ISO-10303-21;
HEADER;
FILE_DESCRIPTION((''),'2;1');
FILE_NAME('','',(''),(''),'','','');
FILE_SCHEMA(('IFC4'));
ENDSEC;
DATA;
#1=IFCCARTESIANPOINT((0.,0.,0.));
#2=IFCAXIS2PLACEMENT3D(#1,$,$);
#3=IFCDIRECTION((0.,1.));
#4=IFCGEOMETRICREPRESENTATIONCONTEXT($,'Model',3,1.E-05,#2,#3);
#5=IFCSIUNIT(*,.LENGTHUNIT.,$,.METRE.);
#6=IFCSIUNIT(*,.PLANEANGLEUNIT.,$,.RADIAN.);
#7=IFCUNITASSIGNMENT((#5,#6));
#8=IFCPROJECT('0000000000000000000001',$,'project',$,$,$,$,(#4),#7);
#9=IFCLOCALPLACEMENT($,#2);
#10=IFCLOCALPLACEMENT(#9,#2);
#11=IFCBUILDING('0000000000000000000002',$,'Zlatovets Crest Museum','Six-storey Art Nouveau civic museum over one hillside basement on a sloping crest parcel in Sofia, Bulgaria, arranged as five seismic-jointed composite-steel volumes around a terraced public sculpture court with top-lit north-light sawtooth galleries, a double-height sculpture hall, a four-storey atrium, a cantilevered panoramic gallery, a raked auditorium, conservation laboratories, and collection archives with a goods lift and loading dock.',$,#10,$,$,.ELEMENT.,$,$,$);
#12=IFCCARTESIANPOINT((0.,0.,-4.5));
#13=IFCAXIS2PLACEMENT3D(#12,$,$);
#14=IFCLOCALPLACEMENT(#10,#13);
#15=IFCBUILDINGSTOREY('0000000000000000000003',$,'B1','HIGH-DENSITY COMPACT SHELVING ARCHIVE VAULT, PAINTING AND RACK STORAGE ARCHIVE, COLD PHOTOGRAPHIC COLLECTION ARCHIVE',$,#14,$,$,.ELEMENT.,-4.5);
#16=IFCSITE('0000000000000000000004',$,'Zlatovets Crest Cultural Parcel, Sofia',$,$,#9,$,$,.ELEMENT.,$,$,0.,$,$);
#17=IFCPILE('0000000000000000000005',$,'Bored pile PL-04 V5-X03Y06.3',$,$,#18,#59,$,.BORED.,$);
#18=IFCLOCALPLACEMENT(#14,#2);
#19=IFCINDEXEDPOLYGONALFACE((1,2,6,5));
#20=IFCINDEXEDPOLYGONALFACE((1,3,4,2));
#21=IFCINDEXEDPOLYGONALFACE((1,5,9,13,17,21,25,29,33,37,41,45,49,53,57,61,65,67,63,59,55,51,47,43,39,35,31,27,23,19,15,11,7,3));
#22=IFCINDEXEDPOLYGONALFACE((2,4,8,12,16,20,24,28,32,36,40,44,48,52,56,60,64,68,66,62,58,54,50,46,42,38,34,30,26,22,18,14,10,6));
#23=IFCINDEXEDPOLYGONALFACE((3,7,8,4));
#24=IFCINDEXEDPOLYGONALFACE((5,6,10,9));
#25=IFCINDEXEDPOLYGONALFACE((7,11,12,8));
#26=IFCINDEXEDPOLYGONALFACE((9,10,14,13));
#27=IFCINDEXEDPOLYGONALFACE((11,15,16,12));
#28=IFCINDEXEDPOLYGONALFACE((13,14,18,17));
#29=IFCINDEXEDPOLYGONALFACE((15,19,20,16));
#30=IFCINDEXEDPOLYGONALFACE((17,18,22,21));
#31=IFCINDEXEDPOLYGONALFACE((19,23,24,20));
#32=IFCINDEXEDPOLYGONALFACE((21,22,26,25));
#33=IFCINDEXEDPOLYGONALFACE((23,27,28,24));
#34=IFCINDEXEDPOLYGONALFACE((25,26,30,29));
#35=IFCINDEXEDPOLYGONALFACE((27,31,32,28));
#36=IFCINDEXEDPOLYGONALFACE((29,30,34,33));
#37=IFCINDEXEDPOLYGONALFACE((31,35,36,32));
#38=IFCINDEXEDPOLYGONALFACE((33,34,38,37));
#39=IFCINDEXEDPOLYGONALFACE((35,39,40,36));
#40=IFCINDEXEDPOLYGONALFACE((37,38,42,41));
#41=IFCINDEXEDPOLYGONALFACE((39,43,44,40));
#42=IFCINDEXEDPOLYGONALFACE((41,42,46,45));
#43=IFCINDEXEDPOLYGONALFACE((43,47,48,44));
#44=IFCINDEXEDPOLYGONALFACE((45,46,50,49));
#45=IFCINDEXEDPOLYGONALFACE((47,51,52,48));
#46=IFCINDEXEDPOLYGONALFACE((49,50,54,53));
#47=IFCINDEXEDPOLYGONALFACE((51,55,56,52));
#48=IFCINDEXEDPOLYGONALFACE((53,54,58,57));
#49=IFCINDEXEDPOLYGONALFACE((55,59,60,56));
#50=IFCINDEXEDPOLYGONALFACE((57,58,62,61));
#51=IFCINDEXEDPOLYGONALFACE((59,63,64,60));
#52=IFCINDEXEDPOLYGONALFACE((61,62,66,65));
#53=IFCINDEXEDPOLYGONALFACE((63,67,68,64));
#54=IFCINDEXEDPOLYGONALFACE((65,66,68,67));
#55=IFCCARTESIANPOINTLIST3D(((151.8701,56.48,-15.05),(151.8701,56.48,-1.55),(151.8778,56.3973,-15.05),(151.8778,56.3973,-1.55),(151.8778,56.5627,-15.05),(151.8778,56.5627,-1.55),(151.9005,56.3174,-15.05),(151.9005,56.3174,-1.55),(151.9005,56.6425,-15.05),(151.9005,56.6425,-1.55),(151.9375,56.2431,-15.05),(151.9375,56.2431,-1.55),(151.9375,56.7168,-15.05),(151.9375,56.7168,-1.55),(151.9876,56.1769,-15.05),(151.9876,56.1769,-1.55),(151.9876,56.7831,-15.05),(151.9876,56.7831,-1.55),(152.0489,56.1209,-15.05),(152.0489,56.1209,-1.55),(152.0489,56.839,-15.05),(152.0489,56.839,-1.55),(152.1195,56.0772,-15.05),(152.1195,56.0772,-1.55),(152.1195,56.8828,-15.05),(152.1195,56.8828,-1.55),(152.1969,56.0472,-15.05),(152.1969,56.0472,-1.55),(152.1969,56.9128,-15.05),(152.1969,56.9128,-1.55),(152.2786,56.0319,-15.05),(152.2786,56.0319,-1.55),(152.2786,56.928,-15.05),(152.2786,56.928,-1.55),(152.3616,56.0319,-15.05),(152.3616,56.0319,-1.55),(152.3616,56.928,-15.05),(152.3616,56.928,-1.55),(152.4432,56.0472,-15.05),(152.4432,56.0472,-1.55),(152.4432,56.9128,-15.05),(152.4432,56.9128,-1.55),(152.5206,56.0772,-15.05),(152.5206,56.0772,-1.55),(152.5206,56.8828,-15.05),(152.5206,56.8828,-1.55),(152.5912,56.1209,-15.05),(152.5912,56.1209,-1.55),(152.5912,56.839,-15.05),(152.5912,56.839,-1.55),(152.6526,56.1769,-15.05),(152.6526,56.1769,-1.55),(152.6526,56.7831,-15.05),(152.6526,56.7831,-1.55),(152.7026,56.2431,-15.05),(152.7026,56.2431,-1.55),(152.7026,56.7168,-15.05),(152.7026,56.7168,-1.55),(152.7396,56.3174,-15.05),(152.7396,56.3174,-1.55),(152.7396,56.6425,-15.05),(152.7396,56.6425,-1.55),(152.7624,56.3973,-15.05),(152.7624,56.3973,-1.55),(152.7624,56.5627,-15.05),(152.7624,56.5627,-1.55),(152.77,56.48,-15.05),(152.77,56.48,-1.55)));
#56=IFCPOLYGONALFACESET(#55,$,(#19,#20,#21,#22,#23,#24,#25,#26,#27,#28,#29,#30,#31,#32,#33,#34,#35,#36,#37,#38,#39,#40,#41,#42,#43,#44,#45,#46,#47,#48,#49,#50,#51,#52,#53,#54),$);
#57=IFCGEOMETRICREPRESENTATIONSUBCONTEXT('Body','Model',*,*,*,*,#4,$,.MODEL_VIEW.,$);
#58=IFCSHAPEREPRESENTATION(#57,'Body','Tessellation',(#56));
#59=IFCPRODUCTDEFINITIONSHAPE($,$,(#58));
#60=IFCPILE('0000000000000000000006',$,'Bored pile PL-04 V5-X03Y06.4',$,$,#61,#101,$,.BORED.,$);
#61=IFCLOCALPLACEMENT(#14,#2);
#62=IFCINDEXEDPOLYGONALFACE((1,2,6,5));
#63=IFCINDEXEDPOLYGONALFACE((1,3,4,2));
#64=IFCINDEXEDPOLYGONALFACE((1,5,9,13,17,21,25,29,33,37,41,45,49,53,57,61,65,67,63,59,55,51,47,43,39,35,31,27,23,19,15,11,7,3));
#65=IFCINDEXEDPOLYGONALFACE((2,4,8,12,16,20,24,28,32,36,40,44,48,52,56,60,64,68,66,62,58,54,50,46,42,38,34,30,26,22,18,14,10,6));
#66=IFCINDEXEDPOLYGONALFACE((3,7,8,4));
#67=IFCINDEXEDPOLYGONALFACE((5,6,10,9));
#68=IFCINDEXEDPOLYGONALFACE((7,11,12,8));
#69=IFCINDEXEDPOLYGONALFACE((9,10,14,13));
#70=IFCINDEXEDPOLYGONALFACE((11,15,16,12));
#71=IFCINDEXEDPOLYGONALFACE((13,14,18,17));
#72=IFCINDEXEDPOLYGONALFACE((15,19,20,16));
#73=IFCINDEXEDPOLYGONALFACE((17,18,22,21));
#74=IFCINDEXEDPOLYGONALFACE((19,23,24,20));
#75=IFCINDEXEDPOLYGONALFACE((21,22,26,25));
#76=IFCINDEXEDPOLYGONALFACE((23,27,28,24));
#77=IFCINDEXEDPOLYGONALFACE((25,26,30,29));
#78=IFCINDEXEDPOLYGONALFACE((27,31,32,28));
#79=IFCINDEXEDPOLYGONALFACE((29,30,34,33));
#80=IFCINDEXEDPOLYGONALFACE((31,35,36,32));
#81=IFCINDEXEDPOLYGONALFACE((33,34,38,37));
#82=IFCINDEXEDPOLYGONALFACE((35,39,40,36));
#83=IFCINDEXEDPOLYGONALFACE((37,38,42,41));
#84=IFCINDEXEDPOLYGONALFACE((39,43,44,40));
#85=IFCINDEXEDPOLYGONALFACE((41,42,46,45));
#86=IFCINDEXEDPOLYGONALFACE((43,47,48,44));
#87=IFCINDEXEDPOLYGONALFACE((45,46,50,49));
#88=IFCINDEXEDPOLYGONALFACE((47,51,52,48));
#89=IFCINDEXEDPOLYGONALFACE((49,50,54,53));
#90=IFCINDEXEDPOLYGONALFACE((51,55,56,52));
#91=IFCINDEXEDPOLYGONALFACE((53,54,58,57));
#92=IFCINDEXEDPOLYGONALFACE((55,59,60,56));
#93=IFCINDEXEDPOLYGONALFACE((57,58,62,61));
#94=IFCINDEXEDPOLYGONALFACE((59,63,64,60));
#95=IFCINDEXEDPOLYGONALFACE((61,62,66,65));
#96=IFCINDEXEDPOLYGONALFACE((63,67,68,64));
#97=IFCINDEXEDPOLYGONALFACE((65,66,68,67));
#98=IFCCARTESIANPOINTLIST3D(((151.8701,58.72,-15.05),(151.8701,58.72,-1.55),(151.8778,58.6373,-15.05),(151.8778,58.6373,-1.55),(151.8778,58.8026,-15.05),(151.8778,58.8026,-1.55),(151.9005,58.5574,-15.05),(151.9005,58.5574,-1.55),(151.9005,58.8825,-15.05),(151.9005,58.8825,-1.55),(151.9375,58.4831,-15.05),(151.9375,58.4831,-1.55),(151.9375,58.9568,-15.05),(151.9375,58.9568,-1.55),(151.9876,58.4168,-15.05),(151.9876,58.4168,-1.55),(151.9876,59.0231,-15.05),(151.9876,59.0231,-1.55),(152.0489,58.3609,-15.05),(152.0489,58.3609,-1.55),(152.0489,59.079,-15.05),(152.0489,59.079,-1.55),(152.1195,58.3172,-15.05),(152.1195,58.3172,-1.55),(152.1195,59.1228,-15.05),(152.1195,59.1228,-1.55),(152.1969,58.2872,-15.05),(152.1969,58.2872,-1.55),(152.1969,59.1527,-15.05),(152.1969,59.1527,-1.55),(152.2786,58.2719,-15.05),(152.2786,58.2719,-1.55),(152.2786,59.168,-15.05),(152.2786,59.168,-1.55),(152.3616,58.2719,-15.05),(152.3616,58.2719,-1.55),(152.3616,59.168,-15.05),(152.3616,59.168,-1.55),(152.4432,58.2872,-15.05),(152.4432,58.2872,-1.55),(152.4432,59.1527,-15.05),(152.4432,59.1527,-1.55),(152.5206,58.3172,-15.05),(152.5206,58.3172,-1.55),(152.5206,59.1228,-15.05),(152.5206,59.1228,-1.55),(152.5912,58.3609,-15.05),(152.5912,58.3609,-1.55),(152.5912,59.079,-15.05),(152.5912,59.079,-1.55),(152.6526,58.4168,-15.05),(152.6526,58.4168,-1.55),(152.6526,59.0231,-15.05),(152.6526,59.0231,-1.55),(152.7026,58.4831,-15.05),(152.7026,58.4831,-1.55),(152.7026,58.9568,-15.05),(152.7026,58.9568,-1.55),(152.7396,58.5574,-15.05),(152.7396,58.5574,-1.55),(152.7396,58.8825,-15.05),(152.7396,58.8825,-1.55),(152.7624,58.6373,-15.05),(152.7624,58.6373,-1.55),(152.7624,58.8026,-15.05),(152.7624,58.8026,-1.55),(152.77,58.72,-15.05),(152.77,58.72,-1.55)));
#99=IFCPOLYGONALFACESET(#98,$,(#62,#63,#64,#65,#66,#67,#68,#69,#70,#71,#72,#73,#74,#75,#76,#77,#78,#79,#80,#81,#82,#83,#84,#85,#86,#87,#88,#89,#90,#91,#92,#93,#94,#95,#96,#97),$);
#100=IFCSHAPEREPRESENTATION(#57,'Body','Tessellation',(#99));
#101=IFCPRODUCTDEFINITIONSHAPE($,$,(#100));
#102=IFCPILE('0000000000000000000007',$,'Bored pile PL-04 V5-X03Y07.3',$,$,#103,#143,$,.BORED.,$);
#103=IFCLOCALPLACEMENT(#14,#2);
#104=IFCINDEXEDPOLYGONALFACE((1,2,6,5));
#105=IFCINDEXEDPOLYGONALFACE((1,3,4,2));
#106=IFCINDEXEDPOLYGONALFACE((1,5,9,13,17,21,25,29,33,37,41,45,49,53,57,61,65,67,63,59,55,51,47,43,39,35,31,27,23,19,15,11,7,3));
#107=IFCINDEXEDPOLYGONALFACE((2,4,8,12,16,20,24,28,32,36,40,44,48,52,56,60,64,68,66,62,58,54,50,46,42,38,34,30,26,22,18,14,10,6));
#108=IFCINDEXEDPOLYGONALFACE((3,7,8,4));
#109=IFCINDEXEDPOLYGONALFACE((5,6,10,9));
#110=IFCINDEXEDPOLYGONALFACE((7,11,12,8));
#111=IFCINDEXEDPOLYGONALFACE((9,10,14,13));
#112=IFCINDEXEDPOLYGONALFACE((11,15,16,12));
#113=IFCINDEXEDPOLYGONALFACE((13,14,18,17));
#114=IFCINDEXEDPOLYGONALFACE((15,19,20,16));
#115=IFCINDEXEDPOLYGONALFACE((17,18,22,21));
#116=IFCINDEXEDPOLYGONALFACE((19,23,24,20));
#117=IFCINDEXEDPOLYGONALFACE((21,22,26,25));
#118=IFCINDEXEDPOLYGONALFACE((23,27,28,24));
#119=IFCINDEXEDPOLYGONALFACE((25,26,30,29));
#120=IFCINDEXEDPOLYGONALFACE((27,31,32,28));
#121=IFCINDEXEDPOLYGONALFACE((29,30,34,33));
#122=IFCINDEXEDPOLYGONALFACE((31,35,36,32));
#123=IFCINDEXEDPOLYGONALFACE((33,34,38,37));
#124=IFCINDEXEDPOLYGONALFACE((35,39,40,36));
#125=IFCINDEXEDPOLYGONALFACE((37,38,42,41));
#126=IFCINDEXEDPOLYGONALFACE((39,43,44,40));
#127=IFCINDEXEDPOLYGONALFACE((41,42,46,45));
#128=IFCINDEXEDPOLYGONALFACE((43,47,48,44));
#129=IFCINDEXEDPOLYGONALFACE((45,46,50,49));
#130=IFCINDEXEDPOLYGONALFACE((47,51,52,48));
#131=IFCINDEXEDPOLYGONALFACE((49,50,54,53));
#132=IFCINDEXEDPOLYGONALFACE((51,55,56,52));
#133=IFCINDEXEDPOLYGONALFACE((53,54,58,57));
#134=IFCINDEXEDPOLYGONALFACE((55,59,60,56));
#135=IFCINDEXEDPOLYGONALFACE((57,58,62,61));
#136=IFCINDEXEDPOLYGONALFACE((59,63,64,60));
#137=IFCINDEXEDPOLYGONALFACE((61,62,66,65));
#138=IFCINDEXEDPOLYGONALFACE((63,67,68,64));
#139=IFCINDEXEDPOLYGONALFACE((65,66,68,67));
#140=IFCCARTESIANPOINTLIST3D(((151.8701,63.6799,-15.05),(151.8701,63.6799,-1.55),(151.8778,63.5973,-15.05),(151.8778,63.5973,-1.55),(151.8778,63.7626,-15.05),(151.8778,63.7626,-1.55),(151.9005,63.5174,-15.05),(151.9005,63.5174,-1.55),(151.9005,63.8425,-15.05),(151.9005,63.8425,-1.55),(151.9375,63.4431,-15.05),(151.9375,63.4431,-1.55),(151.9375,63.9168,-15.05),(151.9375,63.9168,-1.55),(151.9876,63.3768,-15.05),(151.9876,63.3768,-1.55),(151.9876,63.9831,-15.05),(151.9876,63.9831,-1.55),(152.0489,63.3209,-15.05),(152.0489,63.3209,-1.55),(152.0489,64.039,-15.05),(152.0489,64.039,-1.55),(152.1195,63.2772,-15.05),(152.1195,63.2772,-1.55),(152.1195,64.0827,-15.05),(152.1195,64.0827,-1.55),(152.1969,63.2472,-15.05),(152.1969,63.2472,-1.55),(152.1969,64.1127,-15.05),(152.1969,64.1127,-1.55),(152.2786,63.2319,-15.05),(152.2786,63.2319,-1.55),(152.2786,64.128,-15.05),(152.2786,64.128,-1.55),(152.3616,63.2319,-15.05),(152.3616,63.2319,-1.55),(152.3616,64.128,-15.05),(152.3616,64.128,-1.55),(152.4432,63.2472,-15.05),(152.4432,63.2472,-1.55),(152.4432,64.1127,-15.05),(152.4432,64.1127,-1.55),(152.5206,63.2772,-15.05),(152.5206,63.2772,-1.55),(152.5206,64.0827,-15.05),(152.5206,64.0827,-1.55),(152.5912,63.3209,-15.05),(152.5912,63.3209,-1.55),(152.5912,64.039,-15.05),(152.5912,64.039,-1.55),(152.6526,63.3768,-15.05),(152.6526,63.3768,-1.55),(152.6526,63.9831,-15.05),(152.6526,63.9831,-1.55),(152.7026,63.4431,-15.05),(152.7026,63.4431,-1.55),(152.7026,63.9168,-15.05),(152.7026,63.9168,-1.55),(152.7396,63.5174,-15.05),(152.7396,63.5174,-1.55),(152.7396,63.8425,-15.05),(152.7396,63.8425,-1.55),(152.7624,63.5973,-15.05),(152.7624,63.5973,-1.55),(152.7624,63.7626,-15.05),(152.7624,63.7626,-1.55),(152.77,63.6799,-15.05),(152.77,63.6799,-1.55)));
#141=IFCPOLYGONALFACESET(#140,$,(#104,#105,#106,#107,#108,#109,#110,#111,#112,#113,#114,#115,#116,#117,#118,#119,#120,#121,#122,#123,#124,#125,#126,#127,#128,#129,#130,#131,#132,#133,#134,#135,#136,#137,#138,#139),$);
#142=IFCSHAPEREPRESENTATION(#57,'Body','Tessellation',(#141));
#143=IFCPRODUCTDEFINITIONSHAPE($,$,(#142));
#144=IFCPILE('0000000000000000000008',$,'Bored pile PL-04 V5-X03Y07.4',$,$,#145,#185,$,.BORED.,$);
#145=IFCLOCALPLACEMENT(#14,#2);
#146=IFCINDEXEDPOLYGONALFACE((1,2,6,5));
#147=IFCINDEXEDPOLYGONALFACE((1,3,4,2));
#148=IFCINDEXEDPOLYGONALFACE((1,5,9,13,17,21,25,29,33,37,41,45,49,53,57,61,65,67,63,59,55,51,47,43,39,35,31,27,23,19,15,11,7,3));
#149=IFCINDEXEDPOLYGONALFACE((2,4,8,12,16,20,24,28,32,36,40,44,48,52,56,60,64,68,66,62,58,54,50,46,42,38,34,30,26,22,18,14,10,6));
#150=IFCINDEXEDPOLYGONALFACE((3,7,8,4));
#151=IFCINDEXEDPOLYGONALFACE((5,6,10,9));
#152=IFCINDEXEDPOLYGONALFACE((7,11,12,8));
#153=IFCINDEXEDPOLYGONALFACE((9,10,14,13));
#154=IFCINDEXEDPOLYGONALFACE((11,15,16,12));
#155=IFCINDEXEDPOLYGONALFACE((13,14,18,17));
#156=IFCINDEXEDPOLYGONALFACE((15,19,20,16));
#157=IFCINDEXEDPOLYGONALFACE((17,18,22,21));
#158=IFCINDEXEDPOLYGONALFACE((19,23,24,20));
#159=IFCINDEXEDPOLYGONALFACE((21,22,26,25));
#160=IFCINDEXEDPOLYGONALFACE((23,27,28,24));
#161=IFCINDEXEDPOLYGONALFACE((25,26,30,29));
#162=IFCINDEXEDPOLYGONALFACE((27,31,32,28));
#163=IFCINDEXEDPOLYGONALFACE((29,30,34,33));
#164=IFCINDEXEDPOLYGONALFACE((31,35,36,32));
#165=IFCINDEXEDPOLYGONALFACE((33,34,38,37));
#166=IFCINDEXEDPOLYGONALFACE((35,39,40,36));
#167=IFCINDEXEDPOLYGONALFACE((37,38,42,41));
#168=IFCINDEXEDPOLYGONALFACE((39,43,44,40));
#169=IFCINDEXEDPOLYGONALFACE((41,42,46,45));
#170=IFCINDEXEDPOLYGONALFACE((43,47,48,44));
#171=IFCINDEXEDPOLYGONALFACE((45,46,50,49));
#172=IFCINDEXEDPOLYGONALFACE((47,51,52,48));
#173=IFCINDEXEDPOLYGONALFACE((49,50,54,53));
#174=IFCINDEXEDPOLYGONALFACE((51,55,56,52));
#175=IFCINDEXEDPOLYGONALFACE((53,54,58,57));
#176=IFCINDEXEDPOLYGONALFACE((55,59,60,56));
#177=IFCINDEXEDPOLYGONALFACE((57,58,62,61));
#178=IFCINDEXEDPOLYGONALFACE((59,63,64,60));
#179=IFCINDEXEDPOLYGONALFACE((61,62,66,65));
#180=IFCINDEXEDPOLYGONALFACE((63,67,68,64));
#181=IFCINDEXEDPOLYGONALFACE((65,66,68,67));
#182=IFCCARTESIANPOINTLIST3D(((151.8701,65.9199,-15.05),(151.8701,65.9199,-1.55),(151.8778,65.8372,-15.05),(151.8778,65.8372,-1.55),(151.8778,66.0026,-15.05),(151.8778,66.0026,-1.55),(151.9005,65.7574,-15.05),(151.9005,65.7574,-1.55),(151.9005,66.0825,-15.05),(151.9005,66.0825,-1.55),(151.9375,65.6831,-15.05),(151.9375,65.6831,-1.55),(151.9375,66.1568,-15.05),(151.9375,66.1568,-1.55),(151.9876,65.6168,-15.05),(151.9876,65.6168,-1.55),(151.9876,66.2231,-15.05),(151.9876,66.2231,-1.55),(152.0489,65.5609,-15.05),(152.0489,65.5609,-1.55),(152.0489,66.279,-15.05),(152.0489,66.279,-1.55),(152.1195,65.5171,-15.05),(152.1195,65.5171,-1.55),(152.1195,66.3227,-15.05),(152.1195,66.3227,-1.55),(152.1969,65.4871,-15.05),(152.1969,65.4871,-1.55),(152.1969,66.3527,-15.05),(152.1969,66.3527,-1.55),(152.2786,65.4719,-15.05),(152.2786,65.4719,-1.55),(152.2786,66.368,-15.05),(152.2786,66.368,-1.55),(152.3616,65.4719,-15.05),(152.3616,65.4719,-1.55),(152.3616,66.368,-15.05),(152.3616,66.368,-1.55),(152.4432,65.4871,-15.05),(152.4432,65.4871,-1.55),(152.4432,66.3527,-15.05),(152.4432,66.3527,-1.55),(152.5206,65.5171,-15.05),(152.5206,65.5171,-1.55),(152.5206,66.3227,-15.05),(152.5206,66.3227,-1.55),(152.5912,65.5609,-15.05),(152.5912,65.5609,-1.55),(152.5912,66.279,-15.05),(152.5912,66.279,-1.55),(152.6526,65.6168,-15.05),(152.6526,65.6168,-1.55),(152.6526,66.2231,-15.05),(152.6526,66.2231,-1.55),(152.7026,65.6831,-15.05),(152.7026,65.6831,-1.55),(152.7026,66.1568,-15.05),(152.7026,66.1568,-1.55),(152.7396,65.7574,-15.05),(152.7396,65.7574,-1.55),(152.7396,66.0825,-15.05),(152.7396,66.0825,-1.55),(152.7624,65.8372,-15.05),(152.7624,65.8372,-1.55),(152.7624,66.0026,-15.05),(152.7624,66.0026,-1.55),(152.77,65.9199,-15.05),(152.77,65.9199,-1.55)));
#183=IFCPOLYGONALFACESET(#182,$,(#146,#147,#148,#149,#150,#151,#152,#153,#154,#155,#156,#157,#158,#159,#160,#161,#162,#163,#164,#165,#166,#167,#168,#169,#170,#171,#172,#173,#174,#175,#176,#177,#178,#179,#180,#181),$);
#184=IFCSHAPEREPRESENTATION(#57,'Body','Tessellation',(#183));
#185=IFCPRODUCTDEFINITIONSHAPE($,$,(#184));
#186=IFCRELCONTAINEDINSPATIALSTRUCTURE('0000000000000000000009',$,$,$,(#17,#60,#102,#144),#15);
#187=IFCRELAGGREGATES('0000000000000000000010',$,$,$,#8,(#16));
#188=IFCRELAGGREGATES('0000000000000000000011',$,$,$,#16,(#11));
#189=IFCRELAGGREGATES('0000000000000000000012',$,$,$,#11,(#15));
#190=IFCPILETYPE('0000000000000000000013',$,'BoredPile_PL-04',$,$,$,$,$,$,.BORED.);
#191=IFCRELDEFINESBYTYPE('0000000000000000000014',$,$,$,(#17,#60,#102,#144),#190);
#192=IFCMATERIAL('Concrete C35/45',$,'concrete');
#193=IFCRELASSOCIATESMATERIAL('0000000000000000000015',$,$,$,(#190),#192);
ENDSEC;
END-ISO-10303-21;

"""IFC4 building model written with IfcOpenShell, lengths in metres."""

from ifc_helpers import new_model, si_unit, direction, frame, origin, origin_2d, place, context, subcontext, project, spatial, circle, extrude, material, material_profile, profile_set, type_object, element, save


model = new_model("IFC4")

# Units and contexts
model_context = context("Model", 3, precision=1e-05, world=origin(), true_north=direction((0.0, 1.0)))
body_context = subcontext(model_context, "Body", "Model", "MODEL_VIEW")
ifc_project = project(units=[si_unit("LENGTHUNIT", "METRE"), si_unit("PLANEANGLEUNIT", "RADIAN")], contexts=[model_context])

# Site, building, storey
site_placement = place(None, origin())
site = spatial("IfcSite", under=ifc_project, at=site_placement, Name="Zlatovets Crest Cultural Parcel, Sofia", CompositionType="ELEMENT", RefElevation=0.0)
building_placement = place(site_placement, origin())
building = spatial("IfcBuilding", under=site, at=building_placement, Name="Zlatovets Crest Museum", Description="Six-storey Art Nouveau civic museum over one hillside basement on a sloping crest parcel in Sofia, Bulgaria, arranged as five seismic-jointed composite-steel volumes around a terraced public sculpture court with top-lit north-light sawtooth galleries, a double-height sculpture hall, a four-storey atrium, a cantilevered panoramic gallery, a raked auditorium, conservation laboratories, and collection archives with a goods lift and loading dock.", CompositionType="ELEMENT")
storey_placement = place(building_placement, frame((0.0, 0.0, -4.5)))
storey = spatial("IfcBuildingStorey", under=building, at=storey_placement, Name="B1", Description="HIGH-DENSITY COMPACT SHELVING ARCHIVE VAULT, PAINTING AND RACK STORAGE ARCHIVE, COLD PHOTOGRAPHIC COLLECTION ARCHIVE", CompositionType="ELEMENT", Elevation=-4.5)

# Piles
ifc_material = material(Name="Concrete C35/45", Category="concrete")
ifc_material_profile_1 = material_profile(ifc_material, circle(Radius=0.45, at=origin_2d()), Name="PILE D900")
ifc_profile_set_1 = profile_set([ifc_material_profile_1], Name="Concrete C35/45")
pile_type = type_object("IfcPileType", Name="BoredPile_PL-04", PredefinedType="BORED", material=ifc_profile_set_1)
for number, where, z_axis, x_axis, name in (
    (1, (152.3201, 56.48, -1.55), (0.0, 0.0, -1.0), (1.0, 0.0, 0.0), "Bored pile PL-04 V5-X03Y06.3"),
    (2, (152.3201, 58.72, -1.55), (0.0, 0.0, -1.0), (1.0, 0.0, 0.0), "Bored pile PL-04 V5-X03Y06.4"),
    (3, (152.3201, 63.6799, -1.55), (0.0, 0.0, -1.0), (1.0, 0.0, 0.0), "Bored pile PL-04 V5-X03Y07.3"),
    (4, (152.3201, 65.9199, -1.55), (0.0, 0.0, -1.0), (1.0, 0.0, 0.0), "Bored pile PL-04 V5-X03Y07.4"),
):
    element("IfcPile", number, at=place(storey_placement, frame(where, z_axis=z_axis, x_axis=x_axis)), inside=storey, type_object=pile_type, Name=name, PredefinedType="BORED", context=body_context, shape_type="SweptSolid", body=[
        extrude(circle(Radius=0.45, at=origin_2d()), origin(), (0.0, 0.0, 1.0), 13.5),
    ])

save(model, "model.ifc")
